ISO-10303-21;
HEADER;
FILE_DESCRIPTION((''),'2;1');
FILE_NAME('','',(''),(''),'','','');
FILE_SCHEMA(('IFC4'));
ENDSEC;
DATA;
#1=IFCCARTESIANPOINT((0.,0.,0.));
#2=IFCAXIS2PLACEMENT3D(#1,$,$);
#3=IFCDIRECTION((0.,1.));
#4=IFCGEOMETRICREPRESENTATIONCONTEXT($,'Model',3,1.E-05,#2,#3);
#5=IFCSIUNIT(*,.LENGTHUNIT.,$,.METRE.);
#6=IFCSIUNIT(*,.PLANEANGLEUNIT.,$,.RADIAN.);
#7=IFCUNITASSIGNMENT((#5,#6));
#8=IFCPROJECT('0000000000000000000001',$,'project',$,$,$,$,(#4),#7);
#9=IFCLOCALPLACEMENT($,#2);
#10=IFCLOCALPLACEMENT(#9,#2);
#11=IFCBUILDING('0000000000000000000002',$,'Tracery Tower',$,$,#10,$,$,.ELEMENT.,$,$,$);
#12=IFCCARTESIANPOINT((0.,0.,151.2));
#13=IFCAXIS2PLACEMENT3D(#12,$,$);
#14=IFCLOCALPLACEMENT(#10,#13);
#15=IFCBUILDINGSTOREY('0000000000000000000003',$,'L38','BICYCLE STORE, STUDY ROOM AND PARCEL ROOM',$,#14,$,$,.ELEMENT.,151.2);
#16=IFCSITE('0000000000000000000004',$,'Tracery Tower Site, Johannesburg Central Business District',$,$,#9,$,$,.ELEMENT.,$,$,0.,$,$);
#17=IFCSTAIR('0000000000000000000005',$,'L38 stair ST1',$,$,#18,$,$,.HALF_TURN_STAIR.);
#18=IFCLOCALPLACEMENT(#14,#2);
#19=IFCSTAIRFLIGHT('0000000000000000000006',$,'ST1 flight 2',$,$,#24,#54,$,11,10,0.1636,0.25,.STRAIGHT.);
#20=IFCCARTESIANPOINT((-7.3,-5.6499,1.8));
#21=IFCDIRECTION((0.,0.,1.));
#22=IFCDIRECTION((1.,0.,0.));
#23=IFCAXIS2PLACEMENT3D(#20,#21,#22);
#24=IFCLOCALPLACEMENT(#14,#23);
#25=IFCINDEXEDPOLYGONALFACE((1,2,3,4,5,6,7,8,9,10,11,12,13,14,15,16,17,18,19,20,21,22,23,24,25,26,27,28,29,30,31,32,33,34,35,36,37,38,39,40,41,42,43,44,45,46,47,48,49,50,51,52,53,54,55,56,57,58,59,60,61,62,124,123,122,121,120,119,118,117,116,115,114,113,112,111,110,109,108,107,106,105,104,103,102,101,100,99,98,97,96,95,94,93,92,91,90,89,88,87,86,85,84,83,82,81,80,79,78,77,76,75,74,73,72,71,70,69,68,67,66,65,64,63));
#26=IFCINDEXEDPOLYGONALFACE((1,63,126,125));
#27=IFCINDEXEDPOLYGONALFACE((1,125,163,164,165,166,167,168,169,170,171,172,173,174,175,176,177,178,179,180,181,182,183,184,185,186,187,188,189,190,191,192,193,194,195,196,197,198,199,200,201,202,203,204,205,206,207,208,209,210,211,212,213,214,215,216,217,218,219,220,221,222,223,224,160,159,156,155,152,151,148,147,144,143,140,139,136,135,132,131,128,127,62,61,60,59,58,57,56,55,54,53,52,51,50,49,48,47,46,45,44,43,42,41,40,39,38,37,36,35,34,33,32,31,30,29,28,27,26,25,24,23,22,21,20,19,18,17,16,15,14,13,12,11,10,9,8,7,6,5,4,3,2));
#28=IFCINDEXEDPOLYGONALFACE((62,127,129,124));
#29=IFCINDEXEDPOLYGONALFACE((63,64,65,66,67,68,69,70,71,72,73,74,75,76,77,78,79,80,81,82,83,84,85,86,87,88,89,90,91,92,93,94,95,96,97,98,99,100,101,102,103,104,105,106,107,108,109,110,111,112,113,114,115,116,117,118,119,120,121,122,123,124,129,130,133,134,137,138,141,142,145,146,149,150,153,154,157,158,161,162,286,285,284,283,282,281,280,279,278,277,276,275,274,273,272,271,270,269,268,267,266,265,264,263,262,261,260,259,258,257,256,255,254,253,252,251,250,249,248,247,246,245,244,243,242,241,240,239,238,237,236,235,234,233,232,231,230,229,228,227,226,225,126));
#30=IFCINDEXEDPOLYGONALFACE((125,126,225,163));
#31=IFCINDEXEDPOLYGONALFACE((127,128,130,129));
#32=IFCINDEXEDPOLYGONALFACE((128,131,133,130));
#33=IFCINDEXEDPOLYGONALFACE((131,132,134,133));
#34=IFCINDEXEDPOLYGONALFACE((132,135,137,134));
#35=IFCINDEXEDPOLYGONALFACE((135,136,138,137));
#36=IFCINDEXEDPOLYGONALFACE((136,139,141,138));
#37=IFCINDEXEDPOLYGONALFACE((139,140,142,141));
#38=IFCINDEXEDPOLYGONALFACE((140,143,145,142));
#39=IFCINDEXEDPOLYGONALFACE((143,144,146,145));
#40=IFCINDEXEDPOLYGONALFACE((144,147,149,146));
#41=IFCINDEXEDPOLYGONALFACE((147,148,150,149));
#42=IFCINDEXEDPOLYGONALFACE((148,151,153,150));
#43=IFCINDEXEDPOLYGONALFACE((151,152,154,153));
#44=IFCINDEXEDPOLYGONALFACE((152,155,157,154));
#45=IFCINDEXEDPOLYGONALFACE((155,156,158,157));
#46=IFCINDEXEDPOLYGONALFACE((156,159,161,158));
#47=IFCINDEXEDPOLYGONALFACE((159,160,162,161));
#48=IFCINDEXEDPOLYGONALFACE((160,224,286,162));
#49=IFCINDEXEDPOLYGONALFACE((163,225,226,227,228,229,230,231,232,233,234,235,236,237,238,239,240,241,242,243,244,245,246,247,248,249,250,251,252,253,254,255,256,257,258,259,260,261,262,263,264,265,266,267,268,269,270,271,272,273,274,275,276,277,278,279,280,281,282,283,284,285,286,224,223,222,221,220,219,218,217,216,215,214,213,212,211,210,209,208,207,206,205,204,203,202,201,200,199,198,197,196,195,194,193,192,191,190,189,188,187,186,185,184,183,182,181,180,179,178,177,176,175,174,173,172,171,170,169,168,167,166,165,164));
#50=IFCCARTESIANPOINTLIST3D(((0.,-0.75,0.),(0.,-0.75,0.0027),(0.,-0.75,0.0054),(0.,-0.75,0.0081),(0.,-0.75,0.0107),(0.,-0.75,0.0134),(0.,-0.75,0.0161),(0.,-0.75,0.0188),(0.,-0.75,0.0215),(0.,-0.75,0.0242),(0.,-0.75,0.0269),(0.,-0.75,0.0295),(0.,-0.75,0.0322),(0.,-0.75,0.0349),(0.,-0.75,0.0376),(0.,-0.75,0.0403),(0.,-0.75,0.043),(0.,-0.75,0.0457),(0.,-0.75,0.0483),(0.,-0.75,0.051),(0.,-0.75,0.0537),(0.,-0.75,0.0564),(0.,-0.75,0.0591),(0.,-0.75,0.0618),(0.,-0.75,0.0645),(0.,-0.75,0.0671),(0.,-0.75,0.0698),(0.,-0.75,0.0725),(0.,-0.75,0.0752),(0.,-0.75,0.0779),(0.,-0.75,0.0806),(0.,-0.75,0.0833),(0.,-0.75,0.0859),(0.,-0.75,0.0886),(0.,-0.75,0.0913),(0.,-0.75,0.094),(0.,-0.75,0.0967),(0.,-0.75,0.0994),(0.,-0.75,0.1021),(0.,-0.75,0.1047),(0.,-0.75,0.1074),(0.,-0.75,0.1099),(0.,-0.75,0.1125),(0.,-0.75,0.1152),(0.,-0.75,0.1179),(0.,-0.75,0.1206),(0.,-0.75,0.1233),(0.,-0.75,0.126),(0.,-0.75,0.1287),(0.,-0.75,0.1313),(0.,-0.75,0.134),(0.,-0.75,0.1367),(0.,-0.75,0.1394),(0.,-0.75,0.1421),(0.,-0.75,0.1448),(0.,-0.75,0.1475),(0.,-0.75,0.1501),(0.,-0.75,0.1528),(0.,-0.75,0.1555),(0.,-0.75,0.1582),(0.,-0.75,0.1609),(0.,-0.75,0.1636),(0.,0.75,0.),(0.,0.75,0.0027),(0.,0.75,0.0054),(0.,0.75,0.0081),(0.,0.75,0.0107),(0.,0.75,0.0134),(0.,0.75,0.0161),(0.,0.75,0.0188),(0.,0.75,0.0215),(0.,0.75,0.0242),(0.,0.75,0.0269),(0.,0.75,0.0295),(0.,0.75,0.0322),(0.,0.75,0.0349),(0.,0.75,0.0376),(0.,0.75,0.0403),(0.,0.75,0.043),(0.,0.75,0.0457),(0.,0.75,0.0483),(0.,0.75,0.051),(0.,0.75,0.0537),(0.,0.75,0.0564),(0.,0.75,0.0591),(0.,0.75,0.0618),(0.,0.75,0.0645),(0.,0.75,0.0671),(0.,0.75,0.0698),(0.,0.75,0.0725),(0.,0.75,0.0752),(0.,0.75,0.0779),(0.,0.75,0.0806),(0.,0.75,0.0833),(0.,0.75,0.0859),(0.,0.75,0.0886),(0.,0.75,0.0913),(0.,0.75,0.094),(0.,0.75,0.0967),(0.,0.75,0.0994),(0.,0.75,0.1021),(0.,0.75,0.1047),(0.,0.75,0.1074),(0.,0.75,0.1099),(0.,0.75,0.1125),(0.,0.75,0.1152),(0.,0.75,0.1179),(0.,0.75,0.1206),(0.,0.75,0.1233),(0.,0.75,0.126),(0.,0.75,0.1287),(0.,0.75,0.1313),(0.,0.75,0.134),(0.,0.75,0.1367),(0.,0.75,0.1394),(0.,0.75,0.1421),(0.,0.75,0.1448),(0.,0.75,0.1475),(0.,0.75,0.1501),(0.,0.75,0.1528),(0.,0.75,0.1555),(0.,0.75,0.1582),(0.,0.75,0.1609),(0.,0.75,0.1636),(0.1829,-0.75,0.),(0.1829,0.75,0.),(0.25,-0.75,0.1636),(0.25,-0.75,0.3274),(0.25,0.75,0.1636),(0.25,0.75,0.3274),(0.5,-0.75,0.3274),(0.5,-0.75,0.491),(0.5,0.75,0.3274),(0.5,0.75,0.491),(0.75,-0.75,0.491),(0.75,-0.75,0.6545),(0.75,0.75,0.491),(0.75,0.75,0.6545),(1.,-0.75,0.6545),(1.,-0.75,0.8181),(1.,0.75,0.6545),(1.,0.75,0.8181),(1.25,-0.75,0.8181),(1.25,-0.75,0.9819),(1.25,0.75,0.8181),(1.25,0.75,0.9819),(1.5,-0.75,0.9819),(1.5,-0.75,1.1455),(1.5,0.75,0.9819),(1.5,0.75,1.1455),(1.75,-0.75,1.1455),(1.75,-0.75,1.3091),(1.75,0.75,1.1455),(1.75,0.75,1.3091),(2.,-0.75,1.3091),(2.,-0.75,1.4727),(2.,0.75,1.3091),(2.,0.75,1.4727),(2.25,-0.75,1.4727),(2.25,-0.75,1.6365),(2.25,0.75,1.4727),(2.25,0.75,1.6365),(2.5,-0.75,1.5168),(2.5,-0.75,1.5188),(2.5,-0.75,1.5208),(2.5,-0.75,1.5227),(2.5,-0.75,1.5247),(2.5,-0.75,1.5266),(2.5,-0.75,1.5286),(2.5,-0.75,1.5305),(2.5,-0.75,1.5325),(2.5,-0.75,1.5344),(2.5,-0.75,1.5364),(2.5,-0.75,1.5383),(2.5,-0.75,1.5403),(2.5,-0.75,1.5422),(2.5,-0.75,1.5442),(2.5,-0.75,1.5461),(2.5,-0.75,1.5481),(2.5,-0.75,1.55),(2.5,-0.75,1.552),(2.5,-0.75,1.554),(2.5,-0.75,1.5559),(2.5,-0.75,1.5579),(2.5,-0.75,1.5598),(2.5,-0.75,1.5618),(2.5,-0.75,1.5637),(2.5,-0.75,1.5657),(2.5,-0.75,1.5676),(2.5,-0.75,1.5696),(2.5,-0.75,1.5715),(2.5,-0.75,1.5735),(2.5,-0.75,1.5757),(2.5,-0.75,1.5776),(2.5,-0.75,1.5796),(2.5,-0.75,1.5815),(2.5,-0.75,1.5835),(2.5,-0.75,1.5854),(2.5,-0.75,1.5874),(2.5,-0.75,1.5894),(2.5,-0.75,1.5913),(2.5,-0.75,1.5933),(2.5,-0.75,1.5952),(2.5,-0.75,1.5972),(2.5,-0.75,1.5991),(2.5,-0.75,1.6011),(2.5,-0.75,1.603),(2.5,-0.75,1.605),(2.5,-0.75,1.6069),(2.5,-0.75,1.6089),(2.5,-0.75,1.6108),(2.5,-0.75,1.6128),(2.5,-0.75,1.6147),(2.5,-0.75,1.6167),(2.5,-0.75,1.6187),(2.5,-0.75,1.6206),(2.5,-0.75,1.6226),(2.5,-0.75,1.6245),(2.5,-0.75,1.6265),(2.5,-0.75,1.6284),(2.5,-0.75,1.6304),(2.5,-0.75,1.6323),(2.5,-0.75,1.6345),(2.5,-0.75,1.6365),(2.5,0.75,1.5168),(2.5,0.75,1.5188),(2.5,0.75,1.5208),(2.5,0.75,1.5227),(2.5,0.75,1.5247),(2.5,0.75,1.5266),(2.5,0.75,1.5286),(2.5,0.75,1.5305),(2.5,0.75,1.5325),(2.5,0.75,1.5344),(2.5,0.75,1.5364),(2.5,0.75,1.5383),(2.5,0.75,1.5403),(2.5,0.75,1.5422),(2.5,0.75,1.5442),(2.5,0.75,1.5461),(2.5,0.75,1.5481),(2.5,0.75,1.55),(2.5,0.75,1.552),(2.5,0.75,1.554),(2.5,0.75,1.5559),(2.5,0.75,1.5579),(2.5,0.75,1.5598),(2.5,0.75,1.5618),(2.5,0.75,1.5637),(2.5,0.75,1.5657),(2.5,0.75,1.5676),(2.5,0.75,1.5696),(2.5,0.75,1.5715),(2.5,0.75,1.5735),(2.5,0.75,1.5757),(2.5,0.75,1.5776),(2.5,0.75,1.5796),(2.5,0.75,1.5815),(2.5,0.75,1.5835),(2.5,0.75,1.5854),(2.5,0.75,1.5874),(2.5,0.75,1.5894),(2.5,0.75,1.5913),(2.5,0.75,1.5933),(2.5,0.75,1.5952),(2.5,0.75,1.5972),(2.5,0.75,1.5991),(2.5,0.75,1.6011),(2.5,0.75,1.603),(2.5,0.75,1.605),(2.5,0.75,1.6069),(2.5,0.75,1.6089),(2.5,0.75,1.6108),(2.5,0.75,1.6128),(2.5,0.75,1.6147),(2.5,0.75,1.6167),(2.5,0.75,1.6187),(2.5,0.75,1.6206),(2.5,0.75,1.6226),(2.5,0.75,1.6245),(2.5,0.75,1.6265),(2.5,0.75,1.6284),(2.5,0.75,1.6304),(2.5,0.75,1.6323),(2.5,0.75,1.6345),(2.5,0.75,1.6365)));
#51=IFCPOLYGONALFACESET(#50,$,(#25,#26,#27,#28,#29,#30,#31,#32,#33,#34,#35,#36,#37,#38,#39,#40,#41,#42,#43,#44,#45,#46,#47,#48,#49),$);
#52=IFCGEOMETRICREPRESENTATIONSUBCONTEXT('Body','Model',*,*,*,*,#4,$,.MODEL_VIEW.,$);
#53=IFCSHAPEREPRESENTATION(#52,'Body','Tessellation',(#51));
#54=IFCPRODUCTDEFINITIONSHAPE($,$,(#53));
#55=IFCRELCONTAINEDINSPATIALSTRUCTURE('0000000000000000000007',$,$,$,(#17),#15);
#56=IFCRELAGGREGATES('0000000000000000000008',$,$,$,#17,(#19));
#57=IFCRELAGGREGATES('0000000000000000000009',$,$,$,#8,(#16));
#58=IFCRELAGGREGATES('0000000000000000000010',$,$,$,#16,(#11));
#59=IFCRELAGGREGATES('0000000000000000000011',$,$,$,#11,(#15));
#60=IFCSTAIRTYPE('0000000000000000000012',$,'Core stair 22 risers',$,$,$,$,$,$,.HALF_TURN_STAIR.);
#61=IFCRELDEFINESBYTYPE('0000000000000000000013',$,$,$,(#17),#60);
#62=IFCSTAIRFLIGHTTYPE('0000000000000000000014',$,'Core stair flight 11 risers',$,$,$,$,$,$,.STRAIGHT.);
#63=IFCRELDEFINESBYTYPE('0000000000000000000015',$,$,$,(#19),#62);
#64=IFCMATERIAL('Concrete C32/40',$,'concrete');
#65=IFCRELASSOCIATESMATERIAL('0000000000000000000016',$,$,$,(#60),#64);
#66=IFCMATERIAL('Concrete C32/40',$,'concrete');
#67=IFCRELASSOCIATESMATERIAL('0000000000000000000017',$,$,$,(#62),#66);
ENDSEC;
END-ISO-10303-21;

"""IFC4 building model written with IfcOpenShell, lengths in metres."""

from ifc_helpers import new_model, si_unit, direction, frame, origin, place, context, subcontext, project, spatial, polyline, outline, extrude, material, type_object, element, aggregate, save


model = new_model("IFC4")

# Units and contexts
model_context = context("Model", 3, precision=1e-05, world=origin(), true_north=direction((0.0, 1.0)))
body_context = subcontext(model_context, "Body", "Model", "MODEL_VIEW")
ifc_project = project(units=[si_unit("LENGTHUNIT", "METRE"), si_unit("PLANEANGLEUNIT", "RADIAN")], contexts=[model_context])

# Site, building, storey
site_placement = place(None, origin())
site = spatial("IfcSite", under=ifc_project, at=site_placement, Name="Tracery Tower Site, Johannesburg Central Business District", CompositionType="ELEMENT", RefElevation=0.0)
building_placement = place(site_placement, origin())
building = spatial("IfcBuilding", under=site, at=building_placement, Name="Tracery Tower", CompositionType="ELEMENT")
storey_placement = place(building_placement, frame((0.0, 0.0, 151.2)))
storey = spatial("IfcBuildingStorey", under=building, at=storey_placement, Name="L38", Description="BICYCLE STORE, STUDY ROOM AND PARCEL ROOM", CompositionType="ELEMENT", Elevation=151.2)

# Stair, stair flight
ifc_material_1 = material(Name="Concrete C32/40", Category="concrete")
stair_type = type_object("IfcStairType", Name="Core stair 22 risers", PredefinedType="HALF_TURN_STAIR", material=ifc_material_1)
stair_placement = place(storey_placement, origin())
stair = element("IfcStair", 1, at=stair_placement, inside=storey, type_object=stair_type, Name="L38 stair ST1", PredefinedType="HALF_TURN_STAIR")
ifc_material_2 = material(Name="Concrete C32/40", Category="concrete")
stair_flight_type = type_object("IfcStairFlightType", Name="Core stair flight 11 risers", PredefinedType="STRAIGHT", material=ifc_material_2)
stair_flight_1_placement = place(storey_placement, frame((-7.3, -5.6499, 1.8), z_axis=(0.0, 0.0, 1.0), x_axis=(1.0, 0.0, 0.0)))
stair_flight_1 = element("IfcStairFlight", 2, at=stair_flight_1_placement, type_object=stair_flight_type, Name="ST1 flight 2", NumberOfRisers=11, NumberOfTreads=10, PredefinedType="STRAIGHT", RiserHeight=0.1636, TreadLength=0.25, context=body_context, shape_type="SweptSolid", body=[
    extrude(outline(polyline([(0.0, 0.0), (0.0, 0.0027), (0.0, 0.0054), (0.0, 0.0081), (0.0, 0.0107), (0.0, 0.0134), (0.0, 0.0161), (0.0, 0.0188), (0.0, 0.0215), (0.0, 0.0242), (0.0, 0.0269), (0.0, 0.0295), (0.0, 0.0322), (0.0, 0.0349), (0.0, 0.0376), (0.0, 0.0403), (0.0, 0.043), (0.0, 0.0457), (0.0, 0.0483), (0.0, 0.051), (0.0, 0.0537), (0.0, 0.0564), (0.0, 0.0591), (0.0, 0.0618), (0.0, 0.0645), (0.0, 0.0671), (0.0, 0.0698), (0.0, 0.0725), (0.0, 0.0752), (0.0, 0.0779), (0.0, 0.0806), (0.0, 0.0833), (0.0, 0.0859), (0.0, 0.0886), (0.0, 0.0913), (0.0, 0.094), (0.0, 0.0967), (0.0, 0.0994), (0.0, 0.1021), (0.0, 0.1047), (0.0, 0.1074), (0.0, 0.1099), (0.0, 0.1125), (0.0, 0.1152), (0.0, 0.1179), (0.0, 0.1206), (0.0, 0.1233), (0.0, 0.126), (0.0, 0.1287), (0.0, 0.1313), (0.0, 0.134), (0.0, 0.1367), (0.0, 0.1394), (0.0, 0.1421), (0.0, 0.1448), (0.0, 0.1475), (0.0, 0.1501), (0.0, 0.1528), (0.0, 0.1555), (0.0, 0.1582), (0.0, 0.1609), (0.0, 0.1636), (0.25, 0.1636), (0.25, 0.3274), (0.5, 0.3274), (0.5, 0.491), (0.75, 0.491), (0.75, 0.6545), (1.0, 0.6545), (1.0, 0.8181), (1.25, 0.8181), (1.25, 0.9819), (1.5, 0.9819), (1.5, 1.1455), (1.75, 1.1455), (1.75, 1.3091), (2.0, 1.3091), (2.0, 1.4727), (2.25, 1.4727), (2.25, 1.6365), (2.5, 1.6365), (2.5, 1.6345), (2.5, 1.6323), (2.5, 1.6304), (2.5, 1.6284), (2.5, 1.6265), (2.5, 1.6245), (2.5, 1.6226), (2.5, 1.6206), (2.5, 1.6187), (2.5, 1.6167), (2.5, 1.6147), (2.5, 1.6128), (2.5, 1.6108), (2.5, 1.6089), (2.5, 1.6069), (2.5, 1.605), (2.5, 1.603), (2.5, 1.6011), (2.5, 1.5991), (2.5, 1.5972), (2.5, 1.5952), (2.5, 1.5933), (2.5, 1.5913), (2.5, 1.5894), (2.5, 1.5874), (2.5, 1.5854), (2.5, 1.5835), (2.5, 1.5815), (2.5, 1.5796), (2.5, 1.5776), (2.5, 1.5757), (2.5, 1.5735), (2.5, 1.5715), (2.5, 1.5696), (2.5, 1.5676), (2.5, 1.5657), (2.5, 1.5637), (2.5, 1.5618), (2.5, 1.5598), (2.5, 1.5579), (2.5, 1.5559), (2.5, 1.554), (2.5, 1.552), (2.5, 1.55), (2.5, 1.5481), (2.5, 1.5461), (2.5, 1.5442), (2.5, 1.5422), (2.5, 1.5403), (2.5, 1.5383), (2.5, 1.5364), (2.5, 1.5344), (2.5, 1.5325), (2.5, 1.5305), (2.5, 1.5286), (2.5, 1.5266), (2.5, 1.5247), (2.5, 1.5227), (2.5, 1.5208), (2.5, 1.5188), (2.5, 1.5168), (0.1829, 0.0), (0.0, 0.0)])), frame((0.0, 0.75, 0.0), z_axis=(0.0, -1.0, 0.0), x_axis=(1.0, 0.0, 0.0)), (0.0, 0.0, 1.0), 1.5),
])
aggregate(stair, [stair_flight_1])

save(model, "model.ifc")
